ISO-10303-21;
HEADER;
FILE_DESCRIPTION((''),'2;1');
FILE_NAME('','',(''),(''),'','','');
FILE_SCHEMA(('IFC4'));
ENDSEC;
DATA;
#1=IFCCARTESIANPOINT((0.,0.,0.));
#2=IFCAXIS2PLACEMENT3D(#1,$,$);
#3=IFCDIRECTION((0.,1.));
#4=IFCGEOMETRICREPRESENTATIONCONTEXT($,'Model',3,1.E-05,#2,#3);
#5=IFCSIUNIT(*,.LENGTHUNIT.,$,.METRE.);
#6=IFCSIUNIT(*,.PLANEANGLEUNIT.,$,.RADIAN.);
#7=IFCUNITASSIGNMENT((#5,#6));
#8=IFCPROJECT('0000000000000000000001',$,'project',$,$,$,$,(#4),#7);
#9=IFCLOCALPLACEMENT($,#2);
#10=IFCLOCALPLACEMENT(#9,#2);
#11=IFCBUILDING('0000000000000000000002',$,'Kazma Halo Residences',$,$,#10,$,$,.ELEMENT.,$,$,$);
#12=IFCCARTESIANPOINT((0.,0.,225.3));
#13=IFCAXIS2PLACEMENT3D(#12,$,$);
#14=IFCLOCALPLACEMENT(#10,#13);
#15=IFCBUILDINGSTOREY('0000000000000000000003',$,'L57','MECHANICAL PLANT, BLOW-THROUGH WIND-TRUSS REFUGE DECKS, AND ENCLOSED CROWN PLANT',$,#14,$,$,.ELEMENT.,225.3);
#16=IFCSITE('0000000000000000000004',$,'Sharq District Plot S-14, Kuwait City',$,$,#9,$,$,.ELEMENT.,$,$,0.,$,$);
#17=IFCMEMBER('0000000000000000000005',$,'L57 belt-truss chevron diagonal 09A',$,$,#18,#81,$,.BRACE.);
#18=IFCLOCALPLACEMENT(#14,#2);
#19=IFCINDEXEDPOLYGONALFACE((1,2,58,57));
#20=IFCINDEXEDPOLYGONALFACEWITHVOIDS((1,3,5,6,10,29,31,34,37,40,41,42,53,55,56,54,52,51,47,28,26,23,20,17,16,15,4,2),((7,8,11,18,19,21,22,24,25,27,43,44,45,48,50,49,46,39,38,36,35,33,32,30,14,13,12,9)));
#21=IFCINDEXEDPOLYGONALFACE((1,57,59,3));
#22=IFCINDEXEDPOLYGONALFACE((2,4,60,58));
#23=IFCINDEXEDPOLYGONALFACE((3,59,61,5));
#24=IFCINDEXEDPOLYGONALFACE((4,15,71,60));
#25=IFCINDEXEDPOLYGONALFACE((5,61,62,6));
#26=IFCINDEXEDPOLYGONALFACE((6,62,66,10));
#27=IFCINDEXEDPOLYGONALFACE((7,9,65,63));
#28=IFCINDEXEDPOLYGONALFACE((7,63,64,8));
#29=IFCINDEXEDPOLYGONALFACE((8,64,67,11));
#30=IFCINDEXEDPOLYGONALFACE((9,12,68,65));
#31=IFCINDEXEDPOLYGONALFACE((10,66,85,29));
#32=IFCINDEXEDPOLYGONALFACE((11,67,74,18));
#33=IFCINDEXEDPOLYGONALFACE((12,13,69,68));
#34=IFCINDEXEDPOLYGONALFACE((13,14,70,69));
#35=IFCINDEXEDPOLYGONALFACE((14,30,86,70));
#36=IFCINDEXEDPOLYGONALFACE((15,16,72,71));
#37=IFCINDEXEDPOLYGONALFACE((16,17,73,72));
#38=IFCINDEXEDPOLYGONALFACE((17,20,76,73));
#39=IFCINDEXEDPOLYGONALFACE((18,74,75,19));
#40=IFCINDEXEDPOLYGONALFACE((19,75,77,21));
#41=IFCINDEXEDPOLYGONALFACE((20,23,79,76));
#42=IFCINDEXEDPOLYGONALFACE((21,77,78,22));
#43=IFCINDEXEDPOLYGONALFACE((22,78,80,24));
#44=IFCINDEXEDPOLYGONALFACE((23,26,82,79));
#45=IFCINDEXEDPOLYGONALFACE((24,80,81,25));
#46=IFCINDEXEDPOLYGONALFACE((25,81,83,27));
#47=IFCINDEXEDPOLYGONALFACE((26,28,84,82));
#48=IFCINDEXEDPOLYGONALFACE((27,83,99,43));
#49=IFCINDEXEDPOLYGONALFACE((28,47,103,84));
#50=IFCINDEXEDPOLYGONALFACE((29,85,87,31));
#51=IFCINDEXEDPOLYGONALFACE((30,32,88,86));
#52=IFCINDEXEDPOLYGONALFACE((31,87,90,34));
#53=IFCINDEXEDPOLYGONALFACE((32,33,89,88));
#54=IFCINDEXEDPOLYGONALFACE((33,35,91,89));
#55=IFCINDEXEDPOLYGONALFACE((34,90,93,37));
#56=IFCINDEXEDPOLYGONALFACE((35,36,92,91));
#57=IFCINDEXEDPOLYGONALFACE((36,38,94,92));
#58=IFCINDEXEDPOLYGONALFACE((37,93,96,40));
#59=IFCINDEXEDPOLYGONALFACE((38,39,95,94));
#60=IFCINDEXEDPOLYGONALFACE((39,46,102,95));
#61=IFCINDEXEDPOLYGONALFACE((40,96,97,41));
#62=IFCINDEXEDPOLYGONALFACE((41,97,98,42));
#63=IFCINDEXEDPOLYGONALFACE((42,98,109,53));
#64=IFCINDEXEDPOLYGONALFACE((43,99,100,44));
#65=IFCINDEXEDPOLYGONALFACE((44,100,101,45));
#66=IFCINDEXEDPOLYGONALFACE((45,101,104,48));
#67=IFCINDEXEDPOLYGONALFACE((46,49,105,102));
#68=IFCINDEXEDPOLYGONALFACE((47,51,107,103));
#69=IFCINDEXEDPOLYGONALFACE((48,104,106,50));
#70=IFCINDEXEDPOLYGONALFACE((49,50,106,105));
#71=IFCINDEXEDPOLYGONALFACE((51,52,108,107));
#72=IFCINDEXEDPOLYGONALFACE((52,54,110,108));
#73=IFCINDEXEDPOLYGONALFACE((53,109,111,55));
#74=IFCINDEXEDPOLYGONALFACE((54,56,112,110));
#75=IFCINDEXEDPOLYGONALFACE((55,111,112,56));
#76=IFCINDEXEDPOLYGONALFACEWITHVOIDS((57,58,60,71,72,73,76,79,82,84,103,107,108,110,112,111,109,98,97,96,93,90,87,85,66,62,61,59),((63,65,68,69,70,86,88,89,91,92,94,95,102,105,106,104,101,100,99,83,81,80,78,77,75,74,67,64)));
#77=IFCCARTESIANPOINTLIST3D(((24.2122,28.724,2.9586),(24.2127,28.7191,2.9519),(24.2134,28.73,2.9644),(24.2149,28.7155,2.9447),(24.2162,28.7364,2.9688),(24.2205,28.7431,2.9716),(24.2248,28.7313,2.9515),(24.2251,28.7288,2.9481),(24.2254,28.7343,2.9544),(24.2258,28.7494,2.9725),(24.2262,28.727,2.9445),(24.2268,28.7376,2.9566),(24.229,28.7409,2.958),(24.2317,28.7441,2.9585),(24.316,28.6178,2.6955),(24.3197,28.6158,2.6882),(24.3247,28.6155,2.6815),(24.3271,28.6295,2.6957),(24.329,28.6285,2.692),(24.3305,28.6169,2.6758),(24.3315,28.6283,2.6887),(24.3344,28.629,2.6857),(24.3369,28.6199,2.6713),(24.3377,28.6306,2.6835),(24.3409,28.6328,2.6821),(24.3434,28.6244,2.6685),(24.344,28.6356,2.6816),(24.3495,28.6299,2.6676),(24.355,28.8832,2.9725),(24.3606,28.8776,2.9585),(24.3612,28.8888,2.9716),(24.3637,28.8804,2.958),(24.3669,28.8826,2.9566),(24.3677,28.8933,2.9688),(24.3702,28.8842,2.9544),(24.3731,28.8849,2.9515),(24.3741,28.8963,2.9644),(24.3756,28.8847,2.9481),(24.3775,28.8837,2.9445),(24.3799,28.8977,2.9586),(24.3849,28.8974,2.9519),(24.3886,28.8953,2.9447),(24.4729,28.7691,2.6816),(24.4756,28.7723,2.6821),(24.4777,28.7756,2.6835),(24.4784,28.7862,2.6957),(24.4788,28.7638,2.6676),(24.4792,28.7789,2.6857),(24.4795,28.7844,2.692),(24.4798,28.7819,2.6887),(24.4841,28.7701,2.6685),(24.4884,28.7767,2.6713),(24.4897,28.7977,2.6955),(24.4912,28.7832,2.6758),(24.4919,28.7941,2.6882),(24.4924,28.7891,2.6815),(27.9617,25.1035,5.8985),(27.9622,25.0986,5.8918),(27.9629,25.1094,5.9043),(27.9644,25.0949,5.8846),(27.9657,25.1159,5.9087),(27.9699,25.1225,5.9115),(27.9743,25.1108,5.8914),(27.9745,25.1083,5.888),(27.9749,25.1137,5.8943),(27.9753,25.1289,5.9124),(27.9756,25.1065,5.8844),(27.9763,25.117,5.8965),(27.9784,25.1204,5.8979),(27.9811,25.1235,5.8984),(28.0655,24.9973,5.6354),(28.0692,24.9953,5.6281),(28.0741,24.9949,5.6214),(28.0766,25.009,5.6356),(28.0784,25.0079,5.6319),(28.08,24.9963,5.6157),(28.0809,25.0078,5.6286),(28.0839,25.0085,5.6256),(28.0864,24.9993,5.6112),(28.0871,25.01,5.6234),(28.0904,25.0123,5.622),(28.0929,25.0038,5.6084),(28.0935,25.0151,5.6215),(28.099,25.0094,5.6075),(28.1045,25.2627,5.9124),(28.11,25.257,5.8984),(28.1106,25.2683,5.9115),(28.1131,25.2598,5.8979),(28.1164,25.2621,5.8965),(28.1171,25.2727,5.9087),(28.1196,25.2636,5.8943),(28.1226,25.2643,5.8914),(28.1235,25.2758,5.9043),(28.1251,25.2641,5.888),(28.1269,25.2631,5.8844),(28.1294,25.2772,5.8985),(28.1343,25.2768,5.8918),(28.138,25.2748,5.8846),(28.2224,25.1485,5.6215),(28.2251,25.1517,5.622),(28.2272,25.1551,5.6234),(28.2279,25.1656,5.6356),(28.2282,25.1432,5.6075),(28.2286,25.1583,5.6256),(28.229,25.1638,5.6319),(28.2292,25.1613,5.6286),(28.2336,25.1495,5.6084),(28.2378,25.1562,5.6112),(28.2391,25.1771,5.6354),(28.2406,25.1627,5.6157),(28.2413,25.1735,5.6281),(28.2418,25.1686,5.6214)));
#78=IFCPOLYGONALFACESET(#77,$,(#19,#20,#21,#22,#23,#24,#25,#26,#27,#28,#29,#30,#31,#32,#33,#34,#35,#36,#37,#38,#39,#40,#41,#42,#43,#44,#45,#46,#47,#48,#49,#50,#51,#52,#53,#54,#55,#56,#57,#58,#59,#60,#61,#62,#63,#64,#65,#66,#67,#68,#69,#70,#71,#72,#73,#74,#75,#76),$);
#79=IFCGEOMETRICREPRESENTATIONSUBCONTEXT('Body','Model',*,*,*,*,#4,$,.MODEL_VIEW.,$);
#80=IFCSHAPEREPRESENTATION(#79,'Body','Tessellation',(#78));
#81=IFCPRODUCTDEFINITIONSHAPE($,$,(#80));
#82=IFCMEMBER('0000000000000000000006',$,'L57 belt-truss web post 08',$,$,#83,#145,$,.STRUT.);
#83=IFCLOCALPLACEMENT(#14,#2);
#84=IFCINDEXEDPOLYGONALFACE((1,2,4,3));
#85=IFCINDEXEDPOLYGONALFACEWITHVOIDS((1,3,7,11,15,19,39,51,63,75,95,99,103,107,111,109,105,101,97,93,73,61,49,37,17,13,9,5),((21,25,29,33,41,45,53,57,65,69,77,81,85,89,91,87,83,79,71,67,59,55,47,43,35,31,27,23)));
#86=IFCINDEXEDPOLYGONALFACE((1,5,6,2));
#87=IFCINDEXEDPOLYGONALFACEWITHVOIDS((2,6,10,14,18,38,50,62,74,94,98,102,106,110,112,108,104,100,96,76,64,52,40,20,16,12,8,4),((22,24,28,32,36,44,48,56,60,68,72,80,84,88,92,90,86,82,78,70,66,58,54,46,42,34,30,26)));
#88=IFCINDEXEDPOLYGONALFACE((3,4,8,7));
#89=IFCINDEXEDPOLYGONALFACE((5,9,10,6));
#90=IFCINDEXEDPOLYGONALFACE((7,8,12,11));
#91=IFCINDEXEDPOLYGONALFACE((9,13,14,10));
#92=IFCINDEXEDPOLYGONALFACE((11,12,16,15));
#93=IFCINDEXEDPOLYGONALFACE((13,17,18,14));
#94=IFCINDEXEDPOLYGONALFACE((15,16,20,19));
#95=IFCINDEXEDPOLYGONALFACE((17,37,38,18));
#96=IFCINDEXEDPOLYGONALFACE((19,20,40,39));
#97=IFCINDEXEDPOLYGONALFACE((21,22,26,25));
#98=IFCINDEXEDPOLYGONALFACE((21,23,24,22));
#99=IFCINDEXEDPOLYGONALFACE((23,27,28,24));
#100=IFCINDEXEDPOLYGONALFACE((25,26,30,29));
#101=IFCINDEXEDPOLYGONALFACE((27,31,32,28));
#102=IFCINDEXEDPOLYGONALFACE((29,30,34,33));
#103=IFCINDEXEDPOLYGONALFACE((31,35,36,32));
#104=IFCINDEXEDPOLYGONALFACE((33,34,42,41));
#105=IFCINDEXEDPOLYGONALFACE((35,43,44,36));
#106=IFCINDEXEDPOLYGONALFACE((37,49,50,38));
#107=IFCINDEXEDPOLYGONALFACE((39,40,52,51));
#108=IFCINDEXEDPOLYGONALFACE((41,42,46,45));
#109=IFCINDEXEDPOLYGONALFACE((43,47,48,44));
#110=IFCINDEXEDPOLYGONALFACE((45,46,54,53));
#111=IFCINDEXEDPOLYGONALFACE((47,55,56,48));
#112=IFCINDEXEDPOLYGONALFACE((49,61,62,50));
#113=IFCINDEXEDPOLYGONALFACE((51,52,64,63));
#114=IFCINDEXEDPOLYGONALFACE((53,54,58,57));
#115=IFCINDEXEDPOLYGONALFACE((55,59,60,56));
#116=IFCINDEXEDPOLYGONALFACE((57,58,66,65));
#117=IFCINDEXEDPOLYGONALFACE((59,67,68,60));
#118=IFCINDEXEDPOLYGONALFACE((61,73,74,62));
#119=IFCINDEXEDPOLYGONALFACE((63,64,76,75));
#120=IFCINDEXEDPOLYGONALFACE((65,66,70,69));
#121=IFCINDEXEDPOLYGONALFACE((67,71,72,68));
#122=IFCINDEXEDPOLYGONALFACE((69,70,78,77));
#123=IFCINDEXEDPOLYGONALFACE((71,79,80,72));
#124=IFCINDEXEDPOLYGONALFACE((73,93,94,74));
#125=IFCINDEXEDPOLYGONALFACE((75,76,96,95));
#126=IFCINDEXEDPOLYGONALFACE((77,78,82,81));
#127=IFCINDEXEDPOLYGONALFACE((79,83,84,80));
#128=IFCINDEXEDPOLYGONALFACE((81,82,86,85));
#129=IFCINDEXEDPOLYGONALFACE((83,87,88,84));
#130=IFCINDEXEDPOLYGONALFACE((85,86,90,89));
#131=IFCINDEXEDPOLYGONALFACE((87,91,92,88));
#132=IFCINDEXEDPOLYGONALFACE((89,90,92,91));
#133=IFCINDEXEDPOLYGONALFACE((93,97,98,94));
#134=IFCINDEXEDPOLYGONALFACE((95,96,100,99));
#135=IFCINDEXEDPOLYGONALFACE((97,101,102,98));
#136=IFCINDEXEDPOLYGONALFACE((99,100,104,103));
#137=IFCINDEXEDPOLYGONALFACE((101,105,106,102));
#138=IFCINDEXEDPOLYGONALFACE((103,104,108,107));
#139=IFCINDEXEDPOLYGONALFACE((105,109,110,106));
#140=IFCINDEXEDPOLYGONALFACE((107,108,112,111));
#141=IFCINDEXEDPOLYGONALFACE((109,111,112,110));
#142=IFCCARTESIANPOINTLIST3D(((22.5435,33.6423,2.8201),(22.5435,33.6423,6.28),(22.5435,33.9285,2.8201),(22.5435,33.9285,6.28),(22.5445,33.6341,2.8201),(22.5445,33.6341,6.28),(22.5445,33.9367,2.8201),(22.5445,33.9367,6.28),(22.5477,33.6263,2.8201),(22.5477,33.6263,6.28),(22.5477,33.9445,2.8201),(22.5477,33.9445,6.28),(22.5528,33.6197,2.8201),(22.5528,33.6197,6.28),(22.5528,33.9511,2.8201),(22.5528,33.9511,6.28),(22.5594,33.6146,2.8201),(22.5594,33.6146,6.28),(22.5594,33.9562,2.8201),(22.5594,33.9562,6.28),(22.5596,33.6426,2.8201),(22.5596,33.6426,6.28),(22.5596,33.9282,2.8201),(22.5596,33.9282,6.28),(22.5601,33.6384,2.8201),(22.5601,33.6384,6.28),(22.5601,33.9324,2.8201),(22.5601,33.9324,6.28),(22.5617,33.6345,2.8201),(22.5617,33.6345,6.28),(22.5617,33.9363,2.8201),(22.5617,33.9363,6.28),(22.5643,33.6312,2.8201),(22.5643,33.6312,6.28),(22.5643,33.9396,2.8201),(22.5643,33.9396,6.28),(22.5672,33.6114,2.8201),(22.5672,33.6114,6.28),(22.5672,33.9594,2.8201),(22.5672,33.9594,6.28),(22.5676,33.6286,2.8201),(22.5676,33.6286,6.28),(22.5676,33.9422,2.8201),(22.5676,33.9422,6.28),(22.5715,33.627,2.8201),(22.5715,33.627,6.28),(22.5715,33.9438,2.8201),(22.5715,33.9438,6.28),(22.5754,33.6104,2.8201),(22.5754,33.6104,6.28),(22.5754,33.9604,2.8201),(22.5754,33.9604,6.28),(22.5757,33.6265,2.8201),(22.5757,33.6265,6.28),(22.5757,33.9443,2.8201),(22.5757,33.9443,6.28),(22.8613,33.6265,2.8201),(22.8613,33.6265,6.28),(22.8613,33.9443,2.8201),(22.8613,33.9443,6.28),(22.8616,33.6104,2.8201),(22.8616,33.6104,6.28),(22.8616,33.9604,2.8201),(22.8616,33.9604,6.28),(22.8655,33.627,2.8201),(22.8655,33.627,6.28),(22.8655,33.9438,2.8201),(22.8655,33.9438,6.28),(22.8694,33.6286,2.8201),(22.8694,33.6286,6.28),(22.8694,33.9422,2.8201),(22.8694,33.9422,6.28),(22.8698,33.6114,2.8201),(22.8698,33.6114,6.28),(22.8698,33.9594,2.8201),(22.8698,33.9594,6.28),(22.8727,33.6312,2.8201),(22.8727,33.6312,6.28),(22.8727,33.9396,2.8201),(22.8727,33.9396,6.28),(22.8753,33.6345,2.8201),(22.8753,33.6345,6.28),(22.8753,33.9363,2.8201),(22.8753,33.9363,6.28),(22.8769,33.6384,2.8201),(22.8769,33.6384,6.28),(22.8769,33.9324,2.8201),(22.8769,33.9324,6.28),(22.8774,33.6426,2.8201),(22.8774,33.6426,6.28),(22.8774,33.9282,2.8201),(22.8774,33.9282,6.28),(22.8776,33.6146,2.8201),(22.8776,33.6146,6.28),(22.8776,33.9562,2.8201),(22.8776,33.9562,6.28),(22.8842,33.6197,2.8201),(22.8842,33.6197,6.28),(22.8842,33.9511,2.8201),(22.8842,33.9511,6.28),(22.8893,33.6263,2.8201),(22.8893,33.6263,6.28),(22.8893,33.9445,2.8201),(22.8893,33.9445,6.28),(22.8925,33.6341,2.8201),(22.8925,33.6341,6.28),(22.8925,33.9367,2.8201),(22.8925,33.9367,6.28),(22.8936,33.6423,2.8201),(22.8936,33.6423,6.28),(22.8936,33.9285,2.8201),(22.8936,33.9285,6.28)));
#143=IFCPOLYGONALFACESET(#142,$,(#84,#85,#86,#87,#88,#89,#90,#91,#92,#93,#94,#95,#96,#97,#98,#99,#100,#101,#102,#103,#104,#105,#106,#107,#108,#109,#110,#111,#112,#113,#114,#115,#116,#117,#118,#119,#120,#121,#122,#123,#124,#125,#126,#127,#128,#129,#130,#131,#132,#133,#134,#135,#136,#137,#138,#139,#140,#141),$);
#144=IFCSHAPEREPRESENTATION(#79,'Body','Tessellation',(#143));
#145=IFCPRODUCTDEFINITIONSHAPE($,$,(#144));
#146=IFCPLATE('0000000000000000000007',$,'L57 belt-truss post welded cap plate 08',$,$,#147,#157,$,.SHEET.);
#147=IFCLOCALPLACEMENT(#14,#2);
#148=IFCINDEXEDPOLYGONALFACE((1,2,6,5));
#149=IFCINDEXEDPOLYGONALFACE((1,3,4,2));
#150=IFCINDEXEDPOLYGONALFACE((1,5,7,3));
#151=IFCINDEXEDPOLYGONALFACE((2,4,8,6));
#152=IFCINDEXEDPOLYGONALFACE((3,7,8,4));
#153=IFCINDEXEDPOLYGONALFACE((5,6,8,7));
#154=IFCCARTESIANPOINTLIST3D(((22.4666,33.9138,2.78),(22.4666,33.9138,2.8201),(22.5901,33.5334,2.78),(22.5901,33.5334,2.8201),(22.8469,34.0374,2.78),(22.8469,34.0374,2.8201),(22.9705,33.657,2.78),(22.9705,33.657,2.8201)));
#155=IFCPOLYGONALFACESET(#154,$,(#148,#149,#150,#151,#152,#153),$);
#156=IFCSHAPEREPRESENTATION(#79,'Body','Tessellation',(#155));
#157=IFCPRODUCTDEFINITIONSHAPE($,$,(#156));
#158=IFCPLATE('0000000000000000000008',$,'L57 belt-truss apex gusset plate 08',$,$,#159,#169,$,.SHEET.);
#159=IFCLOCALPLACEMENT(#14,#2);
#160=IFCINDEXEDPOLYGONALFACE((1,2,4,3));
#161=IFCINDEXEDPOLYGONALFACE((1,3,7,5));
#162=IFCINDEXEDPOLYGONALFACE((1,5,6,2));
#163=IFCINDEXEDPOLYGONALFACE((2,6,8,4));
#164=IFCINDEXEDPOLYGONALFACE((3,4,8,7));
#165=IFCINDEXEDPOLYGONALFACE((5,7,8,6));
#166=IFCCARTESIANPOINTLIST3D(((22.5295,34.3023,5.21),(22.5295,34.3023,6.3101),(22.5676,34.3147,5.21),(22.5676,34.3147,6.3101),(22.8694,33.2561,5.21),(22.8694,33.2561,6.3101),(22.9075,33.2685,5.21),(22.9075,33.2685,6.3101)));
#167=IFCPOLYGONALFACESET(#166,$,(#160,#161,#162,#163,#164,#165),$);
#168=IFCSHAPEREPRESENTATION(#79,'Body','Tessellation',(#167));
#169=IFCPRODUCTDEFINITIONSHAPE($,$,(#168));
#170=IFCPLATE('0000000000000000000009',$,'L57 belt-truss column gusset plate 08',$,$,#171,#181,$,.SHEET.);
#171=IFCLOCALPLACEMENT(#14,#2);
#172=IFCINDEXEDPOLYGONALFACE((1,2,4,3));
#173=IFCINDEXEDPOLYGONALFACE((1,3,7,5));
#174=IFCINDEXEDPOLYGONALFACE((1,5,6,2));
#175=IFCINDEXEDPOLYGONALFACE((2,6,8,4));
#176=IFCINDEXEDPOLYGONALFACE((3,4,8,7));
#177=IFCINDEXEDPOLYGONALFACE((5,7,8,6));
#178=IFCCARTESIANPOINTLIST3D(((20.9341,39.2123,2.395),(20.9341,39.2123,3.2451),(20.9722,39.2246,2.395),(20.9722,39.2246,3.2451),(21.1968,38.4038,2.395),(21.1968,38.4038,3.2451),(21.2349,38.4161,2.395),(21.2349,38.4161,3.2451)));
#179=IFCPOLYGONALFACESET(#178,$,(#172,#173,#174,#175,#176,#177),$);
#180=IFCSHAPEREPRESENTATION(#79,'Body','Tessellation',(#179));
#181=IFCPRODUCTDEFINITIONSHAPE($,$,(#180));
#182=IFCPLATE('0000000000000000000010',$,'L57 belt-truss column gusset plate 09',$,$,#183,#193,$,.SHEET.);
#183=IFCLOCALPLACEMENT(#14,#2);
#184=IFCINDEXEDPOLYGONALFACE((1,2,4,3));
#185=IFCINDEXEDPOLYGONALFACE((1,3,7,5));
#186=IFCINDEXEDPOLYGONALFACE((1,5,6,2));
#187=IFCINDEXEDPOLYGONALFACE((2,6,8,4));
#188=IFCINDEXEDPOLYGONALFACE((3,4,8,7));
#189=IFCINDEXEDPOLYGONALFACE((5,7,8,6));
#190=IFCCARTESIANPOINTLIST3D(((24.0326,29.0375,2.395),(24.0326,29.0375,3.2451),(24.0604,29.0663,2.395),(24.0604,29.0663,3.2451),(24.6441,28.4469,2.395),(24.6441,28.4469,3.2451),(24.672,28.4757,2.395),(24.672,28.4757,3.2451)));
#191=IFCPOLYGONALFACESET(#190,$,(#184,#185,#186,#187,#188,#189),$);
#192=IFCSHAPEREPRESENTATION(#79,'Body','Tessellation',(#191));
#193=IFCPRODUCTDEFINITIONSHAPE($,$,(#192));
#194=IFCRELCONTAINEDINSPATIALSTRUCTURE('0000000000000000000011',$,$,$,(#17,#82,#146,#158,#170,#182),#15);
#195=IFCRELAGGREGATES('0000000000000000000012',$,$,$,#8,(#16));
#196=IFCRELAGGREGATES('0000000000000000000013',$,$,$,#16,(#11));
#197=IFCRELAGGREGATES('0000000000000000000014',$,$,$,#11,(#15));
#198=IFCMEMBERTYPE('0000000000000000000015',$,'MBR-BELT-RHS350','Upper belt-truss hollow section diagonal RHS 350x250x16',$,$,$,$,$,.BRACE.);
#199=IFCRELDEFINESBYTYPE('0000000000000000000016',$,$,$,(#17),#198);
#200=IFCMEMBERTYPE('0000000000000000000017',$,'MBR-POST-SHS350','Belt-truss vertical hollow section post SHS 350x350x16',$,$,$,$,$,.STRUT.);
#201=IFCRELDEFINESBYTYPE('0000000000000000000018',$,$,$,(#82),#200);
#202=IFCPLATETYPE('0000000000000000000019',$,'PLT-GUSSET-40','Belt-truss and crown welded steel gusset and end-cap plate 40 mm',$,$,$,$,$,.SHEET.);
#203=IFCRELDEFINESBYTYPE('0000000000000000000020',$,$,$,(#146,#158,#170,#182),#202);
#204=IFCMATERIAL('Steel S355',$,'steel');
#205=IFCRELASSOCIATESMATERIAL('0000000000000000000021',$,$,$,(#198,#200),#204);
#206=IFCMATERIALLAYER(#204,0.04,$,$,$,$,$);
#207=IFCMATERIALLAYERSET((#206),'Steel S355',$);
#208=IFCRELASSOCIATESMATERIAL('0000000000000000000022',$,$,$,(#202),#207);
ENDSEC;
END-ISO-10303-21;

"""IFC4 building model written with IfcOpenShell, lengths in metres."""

from ifc_helpers import new_model, si_unit, direction, frame, origin, origin_2d, place, context, subcontext, project, spatial, rectangle, hollow_rectangle, extrude, material, layer, layer_set, material_profile, profile_set, type_object, element, save


model = new_model("IFC4")

# Units and contexts
model_context = context("Model", 3, precision=1e-05, world=origin(), true_north=direction((0.0, 1.0)))
body_context = subcontext(model_context, "Body", "Model", "MODEL_VIEW")
ifc_project = project(units=[si_unit("LENGTHUNIT", "METRE"), si_unit("PLANEANGLEUNIT", "RADIAN")], contexts=[model_context])

# Site, building, storey
site_placement = place(None, origin())
site = spatial("IfcSite", under=ifc_project, at=site_placement, Name="Sharq District Plot S-14, Kuwait City", CompositionType="ELEMENT", RefElevation=0.0)
building_placement = place(site_placement, origin())
building = spatial("IfcBuilding", under=site, at=building_placement, Name="Kazma Halo Residences", CompositionType="ELEMENT")
storey_placement = place(building_placement, frame((0.0, 0.0, 225.3)))
storey = spatial("IfcBuildingStorey", under=building, at=storey_placement, Name="L57", Description="MECHANICAL PLANT, BLOW-THROUGH WIND-TRUSS REFUGE DECKS, AND ENCLOSED CROWN PLANT", CompositionType="ELEMENT", Elevation=225.3)

# Shared definitions
ifc_material_1 = material(Name="Steel S355", Category="steel")

# Members
ifc_material_profile_1 = material_profile(ifc_material_1, hollow_rectangle(XDim=0.25, YDim=0.3501, WallThickness=0.0161, InnerFilletRadius=0.0161, OuterFilletRadius=0.032, at=origin_2d()), Name="RHS350x250x16")
ifc_profile_set_1 = profile_set([ifc_material_profile_1], Name="Steel S355")
member_type_1 = type_object("IfcMemberType", Name="MBR-BELT-RHS350", Description="Upper belt-truss hollow section diagonal RHS 350x250x16", PredefinedType="BRACE", material=ifc_profile_set_1)
member_1_placement = place(storey_placement, frame((24.3523, 28.7566, 2.8201), z_axis=(0.626567, -0.605026, 0.491282), x_axis=(0.694633, 0.719364, 0.0)))
element("IfcMember", 1, at=member_1_placement, inside=storey, type_object=member_type_1, Name="L57 belt-truss chevron diagonal 09A", PredefinedType="BRACE", context=body_context, shape_type="SweptSolid", body=[
    extrude(hollow_rectangle(XDim=0.25, YDim=0.3501, WallThickness=0.0161, InnerFilletRadius=0.0161, OuterFilletRadius=0.032, at=origin_2d()), origin(), (0.0, 0.0, 1.0), 5.9841),
])
ifc_material_profile_2 = material_profile(ifc_material_1, hollow_rectangle(XDim=0.3501, YDim=0.3501, WallThickness=0.0161, InnerFilletRadius=0.0161, OuterFilletRadius=0.032, at=origin_2d()), Name="SHS350x350x16")
ifc_profile_set_2 = profile_set([ifc_material_profile_2], Name="Steel S355")
member_type_2 = type_object("IfcMemberType", Name="MBR-POST-SHS350", Description="Belt-truss vertical hollow section post SHS 350x350x16", PredefinedType="STRUT", material=ifc_profile_set_2)
member_2_placement = place(storey_placement, frame((22.7185, 33.7854, 2.8201), z_axis=(0.0, 0.0, 1.0), x_axis=(1.0, 0.0, 0.0)))
element("IfcMember", 2, at=member_2_placement, inside=storey, type_object=member_type_2, Name="L57 belt-truss web post 08", PredefinedType="STRUT", context=body_context, shape_type="SweptSolid", body=[
    extrude(hollow_rectangle(XDim=0.3501, YDim=0.3501, WallThickness=0.0161, InnerFilletRadius=0.0161, OuterFilletRadius=0.032, at=origin_2d()), origin(), (0.0, 0.0, 1.0), 3.46),
])

# Plates
ifc_layer_1 = layer(ifc_material_1, 0.04)
ifc_layer_set_1 = layer_set([ifc_layer_1], Name="Steel S355")
plate_type = type_object("IfcPlateType", Name="PLT-GUSSET-40", Description="Belt-truss and crown welded steel gusset and end-cap plate 40 mm", PredefinedType="SHEET", material=ifc_layer_set_1)
plate_1_placement = place(storey_placement, frame((22.7185, 33.7854, 2.78), z_axis=(0.0, 0.0, 1.0), x_axis=(0.309016, -0.951057, 0.0)))
element("IfcPlate", 3, at=plate_1_placement, inside=storey, type_object=plate_type, Name="L57 belt-truss post welded cap plate 08", PredefinedType="SHEET", context=body_context, shape_type="SweptSolid", body=[
    extrude(rectangle(XDim=0.3999, YDim=0.3999, at=origin_2d()), origin(), (0.0, 0.0, 1.0), 0.04),
])
plate_2_placement = place(storey_placement, frame((22.7185, 33.7854, 5.21), z_axis=(0.0, 0.0, 1.0), x_axis=(0.309016, -0.951057, 0.0)))
element("IfcPlate", 4, at=plate_2_placement, inside=storey, type_object=plate_type, Name="L57 belt-truss apex gusset plate 08", PredefinedType="SHEET", context=body_context, shape_type="SweptSolid", body=[
    extrude(rectangle(XDim=1.1001, YDim=0.04, at=origin_2d()), origin(), (0.0, 0.0, 1.0), 1.1001),
])
for number, where, z_axis, x_axis, name in (
    (5, (21.0845, 38.8142, 2.395), (0.0, 0.0, 1.0), (0.309016, -0.951057, 0.0), "L57 belt-truss column gusset plate 08"),
    (6, (24.3523, 28.7566, 2.395), (0.0, 0.0, 1.0), (0.71934, -0.694658, 0.0), "L57 belt-truss column gusset plate 09"),
):
    element("IfcPlate", number, at=place(storey_placement, frame(where, z_axis=z_axis, x_axis=x_axis)), inside=storey, type_object=plate_type, Name=name, PredefinedType="SHEET", context=body_context, shape_type="SweptSolid", body=[
        extrude(rectangle(XDim=0.8501, YDim=0.04, at=origin_2d()), origin(), (0.0, 0.0, 1.0), 0.8501),
    ])

save(model, "model.ifc")
